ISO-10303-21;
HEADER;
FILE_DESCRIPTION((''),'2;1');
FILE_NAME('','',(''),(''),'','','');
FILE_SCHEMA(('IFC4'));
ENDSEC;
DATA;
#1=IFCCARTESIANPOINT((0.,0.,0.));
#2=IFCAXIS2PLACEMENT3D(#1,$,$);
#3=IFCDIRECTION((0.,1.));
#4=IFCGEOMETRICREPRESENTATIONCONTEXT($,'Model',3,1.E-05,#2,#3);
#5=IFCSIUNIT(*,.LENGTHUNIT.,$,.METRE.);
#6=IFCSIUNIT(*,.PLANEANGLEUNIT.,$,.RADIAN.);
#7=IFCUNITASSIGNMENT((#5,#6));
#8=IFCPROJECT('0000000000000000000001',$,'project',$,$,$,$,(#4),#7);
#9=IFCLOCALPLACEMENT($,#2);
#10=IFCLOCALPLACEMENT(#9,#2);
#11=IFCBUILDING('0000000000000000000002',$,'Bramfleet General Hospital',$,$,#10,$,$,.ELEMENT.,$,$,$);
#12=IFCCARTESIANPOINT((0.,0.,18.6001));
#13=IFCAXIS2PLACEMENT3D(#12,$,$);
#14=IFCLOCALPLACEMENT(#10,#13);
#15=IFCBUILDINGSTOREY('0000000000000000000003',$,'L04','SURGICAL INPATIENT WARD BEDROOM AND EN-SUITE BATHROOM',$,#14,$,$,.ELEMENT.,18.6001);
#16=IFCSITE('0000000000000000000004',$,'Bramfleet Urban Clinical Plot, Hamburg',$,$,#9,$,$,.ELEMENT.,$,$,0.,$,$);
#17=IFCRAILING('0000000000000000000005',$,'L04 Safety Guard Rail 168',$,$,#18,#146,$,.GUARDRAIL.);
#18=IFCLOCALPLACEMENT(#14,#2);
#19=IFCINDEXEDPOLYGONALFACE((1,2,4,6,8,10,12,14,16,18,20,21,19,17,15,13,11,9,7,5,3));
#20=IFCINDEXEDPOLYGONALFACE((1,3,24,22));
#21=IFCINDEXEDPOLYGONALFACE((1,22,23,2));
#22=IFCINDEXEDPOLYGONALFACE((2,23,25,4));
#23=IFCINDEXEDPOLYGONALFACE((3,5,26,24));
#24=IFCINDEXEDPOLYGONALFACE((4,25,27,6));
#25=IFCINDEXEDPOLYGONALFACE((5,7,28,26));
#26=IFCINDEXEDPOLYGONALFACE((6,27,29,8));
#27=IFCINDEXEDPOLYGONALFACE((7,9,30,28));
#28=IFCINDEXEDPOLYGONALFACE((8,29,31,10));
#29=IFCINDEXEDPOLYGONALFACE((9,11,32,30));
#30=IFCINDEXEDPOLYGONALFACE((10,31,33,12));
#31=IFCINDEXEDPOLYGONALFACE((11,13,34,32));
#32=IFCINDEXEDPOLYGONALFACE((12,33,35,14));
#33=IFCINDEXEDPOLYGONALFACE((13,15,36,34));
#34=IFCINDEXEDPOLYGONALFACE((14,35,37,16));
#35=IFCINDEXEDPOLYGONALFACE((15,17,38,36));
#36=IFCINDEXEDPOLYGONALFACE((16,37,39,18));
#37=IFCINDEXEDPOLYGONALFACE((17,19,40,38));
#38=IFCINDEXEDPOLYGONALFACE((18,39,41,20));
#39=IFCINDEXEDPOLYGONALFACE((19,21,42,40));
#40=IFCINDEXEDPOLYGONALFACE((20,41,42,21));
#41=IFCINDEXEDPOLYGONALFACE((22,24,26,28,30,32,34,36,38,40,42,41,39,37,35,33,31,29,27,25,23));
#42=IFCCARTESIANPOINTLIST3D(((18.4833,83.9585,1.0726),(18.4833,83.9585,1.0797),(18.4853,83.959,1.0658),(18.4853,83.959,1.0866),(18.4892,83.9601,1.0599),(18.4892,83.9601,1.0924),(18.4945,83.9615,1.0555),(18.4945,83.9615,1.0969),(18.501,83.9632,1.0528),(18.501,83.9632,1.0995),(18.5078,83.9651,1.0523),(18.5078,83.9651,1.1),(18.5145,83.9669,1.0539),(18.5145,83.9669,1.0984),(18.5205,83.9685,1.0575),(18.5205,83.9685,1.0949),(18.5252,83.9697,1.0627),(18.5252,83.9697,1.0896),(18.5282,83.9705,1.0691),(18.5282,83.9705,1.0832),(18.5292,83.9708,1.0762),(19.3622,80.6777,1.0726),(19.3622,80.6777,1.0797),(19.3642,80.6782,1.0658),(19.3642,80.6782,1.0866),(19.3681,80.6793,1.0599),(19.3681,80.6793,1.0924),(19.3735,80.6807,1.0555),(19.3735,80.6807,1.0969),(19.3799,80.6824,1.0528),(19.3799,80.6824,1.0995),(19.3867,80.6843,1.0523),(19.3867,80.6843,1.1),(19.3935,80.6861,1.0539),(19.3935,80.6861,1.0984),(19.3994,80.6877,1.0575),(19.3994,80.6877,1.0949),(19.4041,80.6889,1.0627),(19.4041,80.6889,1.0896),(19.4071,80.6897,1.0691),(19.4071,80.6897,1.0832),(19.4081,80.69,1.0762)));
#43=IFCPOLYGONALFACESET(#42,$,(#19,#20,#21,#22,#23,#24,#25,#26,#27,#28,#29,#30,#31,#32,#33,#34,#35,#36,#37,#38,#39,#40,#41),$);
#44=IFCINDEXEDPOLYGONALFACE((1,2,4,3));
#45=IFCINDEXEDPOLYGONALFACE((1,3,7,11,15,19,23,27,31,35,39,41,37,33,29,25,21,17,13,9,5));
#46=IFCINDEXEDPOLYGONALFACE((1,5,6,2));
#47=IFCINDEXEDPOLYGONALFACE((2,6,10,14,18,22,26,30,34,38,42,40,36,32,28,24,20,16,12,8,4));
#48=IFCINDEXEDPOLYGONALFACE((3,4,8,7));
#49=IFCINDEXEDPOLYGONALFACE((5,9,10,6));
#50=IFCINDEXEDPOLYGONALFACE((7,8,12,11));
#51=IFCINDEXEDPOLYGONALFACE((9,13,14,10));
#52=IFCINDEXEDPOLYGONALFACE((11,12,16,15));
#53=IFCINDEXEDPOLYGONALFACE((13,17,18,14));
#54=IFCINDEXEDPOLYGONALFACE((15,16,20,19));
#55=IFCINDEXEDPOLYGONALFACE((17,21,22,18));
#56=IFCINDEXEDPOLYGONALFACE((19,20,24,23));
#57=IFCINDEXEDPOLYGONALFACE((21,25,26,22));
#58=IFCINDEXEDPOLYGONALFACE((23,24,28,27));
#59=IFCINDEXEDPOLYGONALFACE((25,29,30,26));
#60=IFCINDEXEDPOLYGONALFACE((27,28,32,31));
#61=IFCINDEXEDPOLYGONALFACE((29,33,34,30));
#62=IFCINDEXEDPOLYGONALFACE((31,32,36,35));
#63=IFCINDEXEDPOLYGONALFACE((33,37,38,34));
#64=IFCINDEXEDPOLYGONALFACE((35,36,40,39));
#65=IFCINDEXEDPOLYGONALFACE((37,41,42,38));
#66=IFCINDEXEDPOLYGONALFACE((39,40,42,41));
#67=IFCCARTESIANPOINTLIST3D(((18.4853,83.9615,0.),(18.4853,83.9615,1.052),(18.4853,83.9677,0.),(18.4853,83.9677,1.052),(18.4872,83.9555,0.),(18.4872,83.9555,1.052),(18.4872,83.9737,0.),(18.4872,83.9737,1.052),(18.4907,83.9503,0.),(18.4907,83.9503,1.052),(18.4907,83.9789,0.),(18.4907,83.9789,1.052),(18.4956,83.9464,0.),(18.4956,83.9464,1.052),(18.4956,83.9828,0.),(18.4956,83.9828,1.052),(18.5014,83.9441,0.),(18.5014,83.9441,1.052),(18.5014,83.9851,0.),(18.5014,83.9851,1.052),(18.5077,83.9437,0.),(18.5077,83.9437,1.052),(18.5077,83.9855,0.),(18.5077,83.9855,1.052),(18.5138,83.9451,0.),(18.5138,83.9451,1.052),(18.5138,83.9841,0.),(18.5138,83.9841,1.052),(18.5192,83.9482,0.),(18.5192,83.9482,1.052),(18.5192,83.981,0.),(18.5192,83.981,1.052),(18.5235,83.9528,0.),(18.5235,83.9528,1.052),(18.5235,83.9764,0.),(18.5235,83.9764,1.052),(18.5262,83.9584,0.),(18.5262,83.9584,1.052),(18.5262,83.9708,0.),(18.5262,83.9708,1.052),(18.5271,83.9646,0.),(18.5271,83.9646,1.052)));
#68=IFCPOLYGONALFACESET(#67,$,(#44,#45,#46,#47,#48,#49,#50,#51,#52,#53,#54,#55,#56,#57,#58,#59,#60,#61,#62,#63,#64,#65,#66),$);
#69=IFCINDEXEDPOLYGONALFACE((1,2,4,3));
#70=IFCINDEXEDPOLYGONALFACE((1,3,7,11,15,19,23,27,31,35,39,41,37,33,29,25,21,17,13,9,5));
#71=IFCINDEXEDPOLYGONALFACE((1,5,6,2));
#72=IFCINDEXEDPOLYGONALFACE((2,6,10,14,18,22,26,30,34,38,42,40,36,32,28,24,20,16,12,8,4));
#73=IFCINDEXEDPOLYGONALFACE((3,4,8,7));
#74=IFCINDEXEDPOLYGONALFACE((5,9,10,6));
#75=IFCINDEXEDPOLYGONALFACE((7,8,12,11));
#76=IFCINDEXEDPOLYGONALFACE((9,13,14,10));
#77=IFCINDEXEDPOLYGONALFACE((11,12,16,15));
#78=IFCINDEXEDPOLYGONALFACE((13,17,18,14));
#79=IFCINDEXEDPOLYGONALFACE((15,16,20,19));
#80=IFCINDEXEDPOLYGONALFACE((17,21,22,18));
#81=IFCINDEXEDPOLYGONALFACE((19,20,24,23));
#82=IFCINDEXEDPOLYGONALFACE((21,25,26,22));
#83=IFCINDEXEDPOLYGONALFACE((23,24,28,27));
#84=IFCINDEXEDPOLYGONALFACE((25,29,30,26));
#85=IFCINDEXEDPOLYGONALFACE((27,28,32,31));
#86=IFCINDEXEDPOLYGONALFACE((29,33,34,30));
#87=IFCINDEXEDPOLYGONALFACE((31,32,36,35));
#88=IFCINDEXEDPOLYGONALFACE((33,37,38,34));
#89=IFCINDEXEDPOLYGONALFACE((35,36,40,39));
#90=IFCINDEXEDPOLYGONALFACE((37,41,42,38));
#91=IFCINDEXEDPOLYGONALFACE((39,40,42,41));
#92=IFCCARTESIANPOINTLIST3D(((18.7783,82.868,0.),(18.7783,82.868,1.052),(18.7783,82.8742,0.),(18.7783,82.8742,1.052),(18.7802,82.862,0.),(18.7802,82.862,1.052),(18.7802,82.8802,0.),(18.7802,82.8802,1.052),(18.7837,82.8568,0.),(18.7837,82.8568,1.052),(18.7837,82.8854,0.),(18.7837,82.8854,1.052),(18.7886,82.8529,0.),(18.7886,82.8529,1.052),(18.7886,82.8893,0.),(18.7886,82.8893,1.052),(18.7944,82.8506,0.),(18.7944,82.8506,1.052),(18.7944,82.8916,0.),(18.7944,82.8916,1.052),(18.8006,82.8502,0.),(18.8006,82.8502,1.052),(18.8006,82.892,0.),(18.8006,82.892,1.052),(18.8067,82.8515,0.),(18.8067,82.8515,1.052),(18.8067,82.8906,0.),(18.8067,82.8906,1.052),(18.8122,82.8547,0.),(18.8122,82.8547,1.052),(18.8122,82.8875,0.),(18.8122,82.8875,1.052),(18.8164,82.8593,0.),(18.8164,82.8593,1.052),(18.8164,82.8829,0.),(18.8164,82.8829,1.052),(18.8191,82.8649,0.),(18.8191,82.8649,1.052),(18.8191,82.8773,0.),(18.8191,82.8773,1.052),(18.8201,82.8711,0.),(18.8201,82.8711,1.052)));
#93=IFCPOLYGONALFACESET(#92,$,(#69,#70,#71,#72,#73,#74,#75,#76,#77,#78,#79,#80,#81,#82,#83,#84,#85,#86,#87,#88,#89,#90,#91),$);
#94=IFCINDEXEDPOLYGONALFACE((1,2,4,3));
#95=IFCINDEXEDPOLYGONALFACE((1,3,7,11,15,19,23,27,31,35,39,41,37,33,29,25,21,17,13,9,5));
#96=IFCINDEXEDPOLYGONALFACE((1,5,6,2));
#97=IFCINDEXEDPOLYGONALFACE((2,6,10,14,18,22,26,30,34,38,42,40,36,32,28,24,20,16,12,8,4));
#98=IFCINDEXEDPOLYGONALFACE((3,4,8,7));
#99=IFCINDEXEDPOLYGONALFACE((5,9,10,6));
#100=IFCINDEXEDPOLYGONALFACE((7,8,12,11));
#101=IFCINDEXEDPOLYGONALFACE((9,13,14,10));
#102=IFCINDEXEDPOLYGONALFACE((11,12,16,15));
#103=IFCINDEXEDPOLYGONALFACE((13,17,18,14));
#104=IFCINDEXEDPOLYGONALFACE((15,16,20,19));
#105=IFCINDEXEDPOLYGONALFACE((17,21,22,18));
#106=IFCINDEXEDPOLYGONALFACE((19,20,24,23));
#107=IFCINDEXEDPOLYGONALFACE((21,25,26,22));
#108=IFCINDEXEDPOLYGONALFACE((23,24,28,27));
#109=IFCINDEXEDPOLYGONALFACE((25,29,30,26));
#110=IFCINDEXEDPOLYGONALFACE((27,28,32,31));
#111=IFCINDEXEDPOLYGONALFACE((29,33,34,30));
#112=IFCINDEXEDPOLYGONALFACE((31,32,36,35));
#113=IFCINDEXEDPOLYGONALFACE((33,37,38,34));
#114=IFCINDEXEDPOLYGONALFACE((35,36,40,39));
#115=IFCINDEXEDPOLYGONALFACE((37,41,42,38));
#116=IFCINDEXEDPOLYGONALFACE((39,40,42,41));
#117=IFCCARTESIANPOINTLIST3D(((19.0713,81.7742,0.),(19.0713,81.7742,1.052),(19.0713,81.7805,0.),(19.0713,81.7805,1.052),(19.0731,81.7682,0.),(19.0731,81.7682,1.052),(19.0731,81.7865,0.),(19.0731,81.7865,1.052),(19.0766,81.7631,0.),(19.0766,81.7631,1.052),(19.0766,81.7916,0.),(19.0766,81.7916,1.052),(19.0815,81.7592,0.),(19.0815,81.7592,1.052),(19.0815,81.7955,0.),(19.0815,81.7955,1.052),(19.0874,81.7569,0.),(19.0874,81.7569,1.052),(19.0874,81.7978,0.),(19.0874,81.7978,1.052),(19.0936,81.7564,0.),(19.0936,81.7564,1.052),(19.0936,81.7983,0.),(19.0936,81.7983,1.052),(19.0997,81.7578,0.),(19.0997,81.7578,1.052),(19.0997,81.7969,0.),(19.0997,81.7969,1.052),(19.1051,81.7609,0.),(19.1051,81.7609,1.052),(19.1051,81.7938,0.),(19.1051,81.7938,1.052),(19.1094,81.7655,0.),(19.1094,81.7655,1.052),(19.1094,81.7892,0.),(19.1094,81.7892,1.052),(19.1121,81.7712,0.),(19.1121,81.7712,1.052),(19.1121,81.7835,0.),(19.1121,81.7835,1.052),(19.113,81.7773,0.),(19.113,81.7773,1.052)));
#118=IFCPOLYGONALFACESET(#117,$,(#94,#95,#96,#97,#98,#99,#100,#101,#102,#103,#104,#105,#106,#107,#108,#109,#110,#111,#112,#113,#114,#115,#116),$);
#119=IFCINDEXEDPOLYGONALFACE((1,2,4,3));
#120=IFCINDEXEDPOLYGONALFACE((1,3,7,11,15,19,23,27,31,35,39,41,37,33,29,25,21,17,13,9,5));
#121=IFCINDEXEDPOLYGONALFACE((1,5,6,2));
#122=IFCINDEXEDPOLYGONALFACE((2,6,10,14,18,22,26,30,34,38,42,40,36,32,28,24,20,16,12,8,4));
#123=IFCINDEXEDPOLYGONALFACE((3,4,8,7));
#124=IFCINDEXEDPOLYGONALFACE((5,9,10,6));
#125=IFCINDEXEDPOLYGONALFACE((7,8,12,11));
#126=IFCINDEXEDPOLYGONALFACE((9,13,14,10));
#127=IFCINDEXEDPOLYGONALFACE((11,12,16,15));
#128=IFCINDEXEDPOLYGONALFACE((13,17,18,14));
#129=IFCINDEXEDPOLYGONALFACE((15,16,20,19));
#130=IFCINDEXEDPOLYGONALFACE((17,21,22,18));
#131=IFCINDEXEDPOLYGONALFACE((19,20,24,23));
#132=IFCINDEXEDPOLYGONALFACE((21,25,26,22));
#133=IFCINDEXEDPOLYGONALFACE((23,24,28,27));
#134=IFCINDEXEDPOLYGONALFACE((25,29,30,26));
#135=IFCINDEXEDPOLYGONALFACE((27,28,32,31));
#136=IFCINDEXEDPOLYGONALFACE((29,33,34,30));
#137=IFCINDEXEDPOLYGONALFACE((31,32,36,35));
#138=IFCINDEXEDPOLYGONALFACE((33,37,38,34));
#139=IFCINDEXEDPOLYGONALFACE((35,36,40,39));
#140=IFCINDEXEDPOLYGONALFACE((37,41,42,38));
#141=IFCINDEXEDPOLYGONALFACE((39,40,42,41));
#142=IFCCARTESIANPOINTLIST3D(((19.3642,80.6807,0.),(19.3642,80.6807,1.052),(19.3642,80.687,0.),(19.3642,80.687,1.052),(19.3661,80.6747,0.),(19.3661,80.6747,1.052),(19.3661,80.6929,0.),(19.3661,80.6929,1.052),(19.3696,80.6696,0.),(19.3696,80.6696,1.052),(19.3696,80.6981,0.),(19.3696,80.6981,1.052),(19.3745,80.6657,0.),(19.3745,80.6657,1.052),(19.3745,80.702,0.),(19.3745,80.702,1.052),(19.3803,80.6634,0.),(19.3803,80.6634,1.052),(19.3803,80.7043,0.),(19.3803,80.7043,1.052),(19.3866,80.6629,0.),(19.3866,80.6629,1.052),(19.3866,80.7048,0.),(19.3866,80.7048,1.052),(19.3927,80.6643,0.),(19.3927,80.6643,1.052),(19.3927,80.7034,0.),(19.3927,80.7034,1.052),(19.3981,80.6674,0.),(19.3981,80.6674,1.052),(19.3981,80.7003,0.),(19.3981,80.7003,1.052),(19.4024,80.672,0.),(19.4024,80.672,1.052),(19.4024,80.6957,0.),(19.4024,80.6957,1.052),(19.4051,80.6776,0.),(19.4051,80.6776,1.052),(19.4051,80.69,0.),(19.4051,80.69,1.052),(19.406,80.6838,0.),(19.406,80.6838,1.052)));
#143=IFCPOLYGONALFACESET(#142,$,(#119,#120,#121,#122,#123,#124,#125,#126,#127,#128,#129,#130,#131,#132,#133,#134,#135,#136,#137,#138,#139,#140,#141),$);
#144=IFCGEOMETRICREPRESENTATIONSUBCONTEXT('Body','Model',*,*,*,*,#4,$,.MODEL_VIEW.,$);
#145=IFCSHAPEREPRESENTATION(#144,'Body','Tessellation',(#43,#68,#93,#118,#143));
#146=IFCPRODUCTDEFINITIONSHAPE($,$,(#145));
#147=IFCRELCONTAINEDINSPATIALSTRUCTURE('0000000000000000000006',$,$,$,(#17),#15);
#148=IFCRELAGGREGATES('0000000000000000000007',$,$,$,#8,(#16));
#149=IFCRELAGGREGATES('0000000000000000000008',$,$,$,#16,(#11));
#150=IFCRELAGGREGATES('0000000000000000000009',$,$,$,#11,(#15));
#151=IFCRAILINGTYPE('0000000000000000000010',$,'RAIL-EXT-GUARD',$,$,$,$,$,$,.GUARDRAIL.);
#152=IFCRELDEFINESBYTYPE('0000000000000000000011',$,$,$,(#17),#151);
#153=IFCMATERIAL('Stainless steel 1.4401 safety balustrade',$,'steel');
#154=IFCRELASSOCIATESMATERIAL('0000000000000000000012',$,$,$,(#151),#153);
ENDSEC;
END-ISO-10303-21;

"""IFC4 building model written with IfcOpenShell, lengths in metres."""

from ifc_helpers import new_model, si_unit, direction, frame, origin, origin_2d, place, context, subcontext, project, spatial, circle, extrude, material, type_object, element, save


model = new_model("IFC4")

# Units and contexts
model_context = context("Model", 3, precision=1e-05, world=origin(), true_north=direction((0.0, 1.0)))
body_context = subcontext(model_context, "Body", "Model", "MODEL_VIEW")
ifc_project = project(units=[si_unit("LENGTHUNIT", "METRE"), si_unit("PLANEANGLEUNIT", "RADIAN")], contexts=[model_context])

# Site, building, storey
site_placement = place(None, origin())
site = spatial("IfcSite", under=ifc_project, at=site_placement, Name="Bramfleet Urban Clinical Plot, Hamburg", CompositionType="ELEMENT", RefElevation=0.0)
building_placement = place(site_placement, origin())
building = spatial("IfcBuilding", under=site, at=building_placement, Name="Bramfleet General Hospital", CompositionType="ELEMENT")
storey_placement = place(building_placement, frame((0.0, 0.0, 18.6001)))
storey = spatial("IfcBuildingStorey", under=building, at=storey_placement, Name="L04", Description="SURGICAL INPATIENT WARD BEDROOM AND EN-SUITE BATHROOM", CompositionType="ELEMENT", Elevation=18.6001)

# Railing
ifc_material_1 = material(Name="Stainless steel 1.4401 safety balustrade", Category="steel")
railing_type = type_object("IfcRailingType", Name="RAIL-EXT-GUARD", PredefinedType="GUARDRAIL", material=ifc_material_1)
railing_1_placement = place(storey_placement, frame((18.5061, 83.9646, 0.0)))
element("IfcRailing", 1, at=railing_1_placement, inside=storey, type_object=railing_type, Name="L04 Safety Guard Rail 168", PredefinedType="GUARDRAIL", context=body_context, shape_type="SweptSolid", body=[
    extrude(circle(Radius=0.0239, at=origin_2d()), frame((0.0, 0.0, 1.0762), z_axis=(0.258772, -0.965938, 0.0), x_axis=(0.965938, 0.258772, 0.0)), (0.0, 0.0, 1.0), 3.3965),
    extrude(circle(Radius=0.021, at=origin_2d()), origin(), (0.0, 0.0, 1.0), 1.052),
    extrude(circle(Radius=0.021, at=origin_2d()), frame((0.293, -1.0935, 0.0)), (0.0, 0.0, 1.0), 1.052),
    extrude(circle(Radius=0.021, at=origin_2d()), frame((0.5859, -2.1873, 0.0)), (0.0, 0.0, 1.0), 1.052),
    extrude(circle(Radius=0.021, at=origin_2d()), frame((0.8789, -3.2808, 0.0)), (0.0, 0.0, 1.0), 1.052),
])

save(model, "model.ifc")
